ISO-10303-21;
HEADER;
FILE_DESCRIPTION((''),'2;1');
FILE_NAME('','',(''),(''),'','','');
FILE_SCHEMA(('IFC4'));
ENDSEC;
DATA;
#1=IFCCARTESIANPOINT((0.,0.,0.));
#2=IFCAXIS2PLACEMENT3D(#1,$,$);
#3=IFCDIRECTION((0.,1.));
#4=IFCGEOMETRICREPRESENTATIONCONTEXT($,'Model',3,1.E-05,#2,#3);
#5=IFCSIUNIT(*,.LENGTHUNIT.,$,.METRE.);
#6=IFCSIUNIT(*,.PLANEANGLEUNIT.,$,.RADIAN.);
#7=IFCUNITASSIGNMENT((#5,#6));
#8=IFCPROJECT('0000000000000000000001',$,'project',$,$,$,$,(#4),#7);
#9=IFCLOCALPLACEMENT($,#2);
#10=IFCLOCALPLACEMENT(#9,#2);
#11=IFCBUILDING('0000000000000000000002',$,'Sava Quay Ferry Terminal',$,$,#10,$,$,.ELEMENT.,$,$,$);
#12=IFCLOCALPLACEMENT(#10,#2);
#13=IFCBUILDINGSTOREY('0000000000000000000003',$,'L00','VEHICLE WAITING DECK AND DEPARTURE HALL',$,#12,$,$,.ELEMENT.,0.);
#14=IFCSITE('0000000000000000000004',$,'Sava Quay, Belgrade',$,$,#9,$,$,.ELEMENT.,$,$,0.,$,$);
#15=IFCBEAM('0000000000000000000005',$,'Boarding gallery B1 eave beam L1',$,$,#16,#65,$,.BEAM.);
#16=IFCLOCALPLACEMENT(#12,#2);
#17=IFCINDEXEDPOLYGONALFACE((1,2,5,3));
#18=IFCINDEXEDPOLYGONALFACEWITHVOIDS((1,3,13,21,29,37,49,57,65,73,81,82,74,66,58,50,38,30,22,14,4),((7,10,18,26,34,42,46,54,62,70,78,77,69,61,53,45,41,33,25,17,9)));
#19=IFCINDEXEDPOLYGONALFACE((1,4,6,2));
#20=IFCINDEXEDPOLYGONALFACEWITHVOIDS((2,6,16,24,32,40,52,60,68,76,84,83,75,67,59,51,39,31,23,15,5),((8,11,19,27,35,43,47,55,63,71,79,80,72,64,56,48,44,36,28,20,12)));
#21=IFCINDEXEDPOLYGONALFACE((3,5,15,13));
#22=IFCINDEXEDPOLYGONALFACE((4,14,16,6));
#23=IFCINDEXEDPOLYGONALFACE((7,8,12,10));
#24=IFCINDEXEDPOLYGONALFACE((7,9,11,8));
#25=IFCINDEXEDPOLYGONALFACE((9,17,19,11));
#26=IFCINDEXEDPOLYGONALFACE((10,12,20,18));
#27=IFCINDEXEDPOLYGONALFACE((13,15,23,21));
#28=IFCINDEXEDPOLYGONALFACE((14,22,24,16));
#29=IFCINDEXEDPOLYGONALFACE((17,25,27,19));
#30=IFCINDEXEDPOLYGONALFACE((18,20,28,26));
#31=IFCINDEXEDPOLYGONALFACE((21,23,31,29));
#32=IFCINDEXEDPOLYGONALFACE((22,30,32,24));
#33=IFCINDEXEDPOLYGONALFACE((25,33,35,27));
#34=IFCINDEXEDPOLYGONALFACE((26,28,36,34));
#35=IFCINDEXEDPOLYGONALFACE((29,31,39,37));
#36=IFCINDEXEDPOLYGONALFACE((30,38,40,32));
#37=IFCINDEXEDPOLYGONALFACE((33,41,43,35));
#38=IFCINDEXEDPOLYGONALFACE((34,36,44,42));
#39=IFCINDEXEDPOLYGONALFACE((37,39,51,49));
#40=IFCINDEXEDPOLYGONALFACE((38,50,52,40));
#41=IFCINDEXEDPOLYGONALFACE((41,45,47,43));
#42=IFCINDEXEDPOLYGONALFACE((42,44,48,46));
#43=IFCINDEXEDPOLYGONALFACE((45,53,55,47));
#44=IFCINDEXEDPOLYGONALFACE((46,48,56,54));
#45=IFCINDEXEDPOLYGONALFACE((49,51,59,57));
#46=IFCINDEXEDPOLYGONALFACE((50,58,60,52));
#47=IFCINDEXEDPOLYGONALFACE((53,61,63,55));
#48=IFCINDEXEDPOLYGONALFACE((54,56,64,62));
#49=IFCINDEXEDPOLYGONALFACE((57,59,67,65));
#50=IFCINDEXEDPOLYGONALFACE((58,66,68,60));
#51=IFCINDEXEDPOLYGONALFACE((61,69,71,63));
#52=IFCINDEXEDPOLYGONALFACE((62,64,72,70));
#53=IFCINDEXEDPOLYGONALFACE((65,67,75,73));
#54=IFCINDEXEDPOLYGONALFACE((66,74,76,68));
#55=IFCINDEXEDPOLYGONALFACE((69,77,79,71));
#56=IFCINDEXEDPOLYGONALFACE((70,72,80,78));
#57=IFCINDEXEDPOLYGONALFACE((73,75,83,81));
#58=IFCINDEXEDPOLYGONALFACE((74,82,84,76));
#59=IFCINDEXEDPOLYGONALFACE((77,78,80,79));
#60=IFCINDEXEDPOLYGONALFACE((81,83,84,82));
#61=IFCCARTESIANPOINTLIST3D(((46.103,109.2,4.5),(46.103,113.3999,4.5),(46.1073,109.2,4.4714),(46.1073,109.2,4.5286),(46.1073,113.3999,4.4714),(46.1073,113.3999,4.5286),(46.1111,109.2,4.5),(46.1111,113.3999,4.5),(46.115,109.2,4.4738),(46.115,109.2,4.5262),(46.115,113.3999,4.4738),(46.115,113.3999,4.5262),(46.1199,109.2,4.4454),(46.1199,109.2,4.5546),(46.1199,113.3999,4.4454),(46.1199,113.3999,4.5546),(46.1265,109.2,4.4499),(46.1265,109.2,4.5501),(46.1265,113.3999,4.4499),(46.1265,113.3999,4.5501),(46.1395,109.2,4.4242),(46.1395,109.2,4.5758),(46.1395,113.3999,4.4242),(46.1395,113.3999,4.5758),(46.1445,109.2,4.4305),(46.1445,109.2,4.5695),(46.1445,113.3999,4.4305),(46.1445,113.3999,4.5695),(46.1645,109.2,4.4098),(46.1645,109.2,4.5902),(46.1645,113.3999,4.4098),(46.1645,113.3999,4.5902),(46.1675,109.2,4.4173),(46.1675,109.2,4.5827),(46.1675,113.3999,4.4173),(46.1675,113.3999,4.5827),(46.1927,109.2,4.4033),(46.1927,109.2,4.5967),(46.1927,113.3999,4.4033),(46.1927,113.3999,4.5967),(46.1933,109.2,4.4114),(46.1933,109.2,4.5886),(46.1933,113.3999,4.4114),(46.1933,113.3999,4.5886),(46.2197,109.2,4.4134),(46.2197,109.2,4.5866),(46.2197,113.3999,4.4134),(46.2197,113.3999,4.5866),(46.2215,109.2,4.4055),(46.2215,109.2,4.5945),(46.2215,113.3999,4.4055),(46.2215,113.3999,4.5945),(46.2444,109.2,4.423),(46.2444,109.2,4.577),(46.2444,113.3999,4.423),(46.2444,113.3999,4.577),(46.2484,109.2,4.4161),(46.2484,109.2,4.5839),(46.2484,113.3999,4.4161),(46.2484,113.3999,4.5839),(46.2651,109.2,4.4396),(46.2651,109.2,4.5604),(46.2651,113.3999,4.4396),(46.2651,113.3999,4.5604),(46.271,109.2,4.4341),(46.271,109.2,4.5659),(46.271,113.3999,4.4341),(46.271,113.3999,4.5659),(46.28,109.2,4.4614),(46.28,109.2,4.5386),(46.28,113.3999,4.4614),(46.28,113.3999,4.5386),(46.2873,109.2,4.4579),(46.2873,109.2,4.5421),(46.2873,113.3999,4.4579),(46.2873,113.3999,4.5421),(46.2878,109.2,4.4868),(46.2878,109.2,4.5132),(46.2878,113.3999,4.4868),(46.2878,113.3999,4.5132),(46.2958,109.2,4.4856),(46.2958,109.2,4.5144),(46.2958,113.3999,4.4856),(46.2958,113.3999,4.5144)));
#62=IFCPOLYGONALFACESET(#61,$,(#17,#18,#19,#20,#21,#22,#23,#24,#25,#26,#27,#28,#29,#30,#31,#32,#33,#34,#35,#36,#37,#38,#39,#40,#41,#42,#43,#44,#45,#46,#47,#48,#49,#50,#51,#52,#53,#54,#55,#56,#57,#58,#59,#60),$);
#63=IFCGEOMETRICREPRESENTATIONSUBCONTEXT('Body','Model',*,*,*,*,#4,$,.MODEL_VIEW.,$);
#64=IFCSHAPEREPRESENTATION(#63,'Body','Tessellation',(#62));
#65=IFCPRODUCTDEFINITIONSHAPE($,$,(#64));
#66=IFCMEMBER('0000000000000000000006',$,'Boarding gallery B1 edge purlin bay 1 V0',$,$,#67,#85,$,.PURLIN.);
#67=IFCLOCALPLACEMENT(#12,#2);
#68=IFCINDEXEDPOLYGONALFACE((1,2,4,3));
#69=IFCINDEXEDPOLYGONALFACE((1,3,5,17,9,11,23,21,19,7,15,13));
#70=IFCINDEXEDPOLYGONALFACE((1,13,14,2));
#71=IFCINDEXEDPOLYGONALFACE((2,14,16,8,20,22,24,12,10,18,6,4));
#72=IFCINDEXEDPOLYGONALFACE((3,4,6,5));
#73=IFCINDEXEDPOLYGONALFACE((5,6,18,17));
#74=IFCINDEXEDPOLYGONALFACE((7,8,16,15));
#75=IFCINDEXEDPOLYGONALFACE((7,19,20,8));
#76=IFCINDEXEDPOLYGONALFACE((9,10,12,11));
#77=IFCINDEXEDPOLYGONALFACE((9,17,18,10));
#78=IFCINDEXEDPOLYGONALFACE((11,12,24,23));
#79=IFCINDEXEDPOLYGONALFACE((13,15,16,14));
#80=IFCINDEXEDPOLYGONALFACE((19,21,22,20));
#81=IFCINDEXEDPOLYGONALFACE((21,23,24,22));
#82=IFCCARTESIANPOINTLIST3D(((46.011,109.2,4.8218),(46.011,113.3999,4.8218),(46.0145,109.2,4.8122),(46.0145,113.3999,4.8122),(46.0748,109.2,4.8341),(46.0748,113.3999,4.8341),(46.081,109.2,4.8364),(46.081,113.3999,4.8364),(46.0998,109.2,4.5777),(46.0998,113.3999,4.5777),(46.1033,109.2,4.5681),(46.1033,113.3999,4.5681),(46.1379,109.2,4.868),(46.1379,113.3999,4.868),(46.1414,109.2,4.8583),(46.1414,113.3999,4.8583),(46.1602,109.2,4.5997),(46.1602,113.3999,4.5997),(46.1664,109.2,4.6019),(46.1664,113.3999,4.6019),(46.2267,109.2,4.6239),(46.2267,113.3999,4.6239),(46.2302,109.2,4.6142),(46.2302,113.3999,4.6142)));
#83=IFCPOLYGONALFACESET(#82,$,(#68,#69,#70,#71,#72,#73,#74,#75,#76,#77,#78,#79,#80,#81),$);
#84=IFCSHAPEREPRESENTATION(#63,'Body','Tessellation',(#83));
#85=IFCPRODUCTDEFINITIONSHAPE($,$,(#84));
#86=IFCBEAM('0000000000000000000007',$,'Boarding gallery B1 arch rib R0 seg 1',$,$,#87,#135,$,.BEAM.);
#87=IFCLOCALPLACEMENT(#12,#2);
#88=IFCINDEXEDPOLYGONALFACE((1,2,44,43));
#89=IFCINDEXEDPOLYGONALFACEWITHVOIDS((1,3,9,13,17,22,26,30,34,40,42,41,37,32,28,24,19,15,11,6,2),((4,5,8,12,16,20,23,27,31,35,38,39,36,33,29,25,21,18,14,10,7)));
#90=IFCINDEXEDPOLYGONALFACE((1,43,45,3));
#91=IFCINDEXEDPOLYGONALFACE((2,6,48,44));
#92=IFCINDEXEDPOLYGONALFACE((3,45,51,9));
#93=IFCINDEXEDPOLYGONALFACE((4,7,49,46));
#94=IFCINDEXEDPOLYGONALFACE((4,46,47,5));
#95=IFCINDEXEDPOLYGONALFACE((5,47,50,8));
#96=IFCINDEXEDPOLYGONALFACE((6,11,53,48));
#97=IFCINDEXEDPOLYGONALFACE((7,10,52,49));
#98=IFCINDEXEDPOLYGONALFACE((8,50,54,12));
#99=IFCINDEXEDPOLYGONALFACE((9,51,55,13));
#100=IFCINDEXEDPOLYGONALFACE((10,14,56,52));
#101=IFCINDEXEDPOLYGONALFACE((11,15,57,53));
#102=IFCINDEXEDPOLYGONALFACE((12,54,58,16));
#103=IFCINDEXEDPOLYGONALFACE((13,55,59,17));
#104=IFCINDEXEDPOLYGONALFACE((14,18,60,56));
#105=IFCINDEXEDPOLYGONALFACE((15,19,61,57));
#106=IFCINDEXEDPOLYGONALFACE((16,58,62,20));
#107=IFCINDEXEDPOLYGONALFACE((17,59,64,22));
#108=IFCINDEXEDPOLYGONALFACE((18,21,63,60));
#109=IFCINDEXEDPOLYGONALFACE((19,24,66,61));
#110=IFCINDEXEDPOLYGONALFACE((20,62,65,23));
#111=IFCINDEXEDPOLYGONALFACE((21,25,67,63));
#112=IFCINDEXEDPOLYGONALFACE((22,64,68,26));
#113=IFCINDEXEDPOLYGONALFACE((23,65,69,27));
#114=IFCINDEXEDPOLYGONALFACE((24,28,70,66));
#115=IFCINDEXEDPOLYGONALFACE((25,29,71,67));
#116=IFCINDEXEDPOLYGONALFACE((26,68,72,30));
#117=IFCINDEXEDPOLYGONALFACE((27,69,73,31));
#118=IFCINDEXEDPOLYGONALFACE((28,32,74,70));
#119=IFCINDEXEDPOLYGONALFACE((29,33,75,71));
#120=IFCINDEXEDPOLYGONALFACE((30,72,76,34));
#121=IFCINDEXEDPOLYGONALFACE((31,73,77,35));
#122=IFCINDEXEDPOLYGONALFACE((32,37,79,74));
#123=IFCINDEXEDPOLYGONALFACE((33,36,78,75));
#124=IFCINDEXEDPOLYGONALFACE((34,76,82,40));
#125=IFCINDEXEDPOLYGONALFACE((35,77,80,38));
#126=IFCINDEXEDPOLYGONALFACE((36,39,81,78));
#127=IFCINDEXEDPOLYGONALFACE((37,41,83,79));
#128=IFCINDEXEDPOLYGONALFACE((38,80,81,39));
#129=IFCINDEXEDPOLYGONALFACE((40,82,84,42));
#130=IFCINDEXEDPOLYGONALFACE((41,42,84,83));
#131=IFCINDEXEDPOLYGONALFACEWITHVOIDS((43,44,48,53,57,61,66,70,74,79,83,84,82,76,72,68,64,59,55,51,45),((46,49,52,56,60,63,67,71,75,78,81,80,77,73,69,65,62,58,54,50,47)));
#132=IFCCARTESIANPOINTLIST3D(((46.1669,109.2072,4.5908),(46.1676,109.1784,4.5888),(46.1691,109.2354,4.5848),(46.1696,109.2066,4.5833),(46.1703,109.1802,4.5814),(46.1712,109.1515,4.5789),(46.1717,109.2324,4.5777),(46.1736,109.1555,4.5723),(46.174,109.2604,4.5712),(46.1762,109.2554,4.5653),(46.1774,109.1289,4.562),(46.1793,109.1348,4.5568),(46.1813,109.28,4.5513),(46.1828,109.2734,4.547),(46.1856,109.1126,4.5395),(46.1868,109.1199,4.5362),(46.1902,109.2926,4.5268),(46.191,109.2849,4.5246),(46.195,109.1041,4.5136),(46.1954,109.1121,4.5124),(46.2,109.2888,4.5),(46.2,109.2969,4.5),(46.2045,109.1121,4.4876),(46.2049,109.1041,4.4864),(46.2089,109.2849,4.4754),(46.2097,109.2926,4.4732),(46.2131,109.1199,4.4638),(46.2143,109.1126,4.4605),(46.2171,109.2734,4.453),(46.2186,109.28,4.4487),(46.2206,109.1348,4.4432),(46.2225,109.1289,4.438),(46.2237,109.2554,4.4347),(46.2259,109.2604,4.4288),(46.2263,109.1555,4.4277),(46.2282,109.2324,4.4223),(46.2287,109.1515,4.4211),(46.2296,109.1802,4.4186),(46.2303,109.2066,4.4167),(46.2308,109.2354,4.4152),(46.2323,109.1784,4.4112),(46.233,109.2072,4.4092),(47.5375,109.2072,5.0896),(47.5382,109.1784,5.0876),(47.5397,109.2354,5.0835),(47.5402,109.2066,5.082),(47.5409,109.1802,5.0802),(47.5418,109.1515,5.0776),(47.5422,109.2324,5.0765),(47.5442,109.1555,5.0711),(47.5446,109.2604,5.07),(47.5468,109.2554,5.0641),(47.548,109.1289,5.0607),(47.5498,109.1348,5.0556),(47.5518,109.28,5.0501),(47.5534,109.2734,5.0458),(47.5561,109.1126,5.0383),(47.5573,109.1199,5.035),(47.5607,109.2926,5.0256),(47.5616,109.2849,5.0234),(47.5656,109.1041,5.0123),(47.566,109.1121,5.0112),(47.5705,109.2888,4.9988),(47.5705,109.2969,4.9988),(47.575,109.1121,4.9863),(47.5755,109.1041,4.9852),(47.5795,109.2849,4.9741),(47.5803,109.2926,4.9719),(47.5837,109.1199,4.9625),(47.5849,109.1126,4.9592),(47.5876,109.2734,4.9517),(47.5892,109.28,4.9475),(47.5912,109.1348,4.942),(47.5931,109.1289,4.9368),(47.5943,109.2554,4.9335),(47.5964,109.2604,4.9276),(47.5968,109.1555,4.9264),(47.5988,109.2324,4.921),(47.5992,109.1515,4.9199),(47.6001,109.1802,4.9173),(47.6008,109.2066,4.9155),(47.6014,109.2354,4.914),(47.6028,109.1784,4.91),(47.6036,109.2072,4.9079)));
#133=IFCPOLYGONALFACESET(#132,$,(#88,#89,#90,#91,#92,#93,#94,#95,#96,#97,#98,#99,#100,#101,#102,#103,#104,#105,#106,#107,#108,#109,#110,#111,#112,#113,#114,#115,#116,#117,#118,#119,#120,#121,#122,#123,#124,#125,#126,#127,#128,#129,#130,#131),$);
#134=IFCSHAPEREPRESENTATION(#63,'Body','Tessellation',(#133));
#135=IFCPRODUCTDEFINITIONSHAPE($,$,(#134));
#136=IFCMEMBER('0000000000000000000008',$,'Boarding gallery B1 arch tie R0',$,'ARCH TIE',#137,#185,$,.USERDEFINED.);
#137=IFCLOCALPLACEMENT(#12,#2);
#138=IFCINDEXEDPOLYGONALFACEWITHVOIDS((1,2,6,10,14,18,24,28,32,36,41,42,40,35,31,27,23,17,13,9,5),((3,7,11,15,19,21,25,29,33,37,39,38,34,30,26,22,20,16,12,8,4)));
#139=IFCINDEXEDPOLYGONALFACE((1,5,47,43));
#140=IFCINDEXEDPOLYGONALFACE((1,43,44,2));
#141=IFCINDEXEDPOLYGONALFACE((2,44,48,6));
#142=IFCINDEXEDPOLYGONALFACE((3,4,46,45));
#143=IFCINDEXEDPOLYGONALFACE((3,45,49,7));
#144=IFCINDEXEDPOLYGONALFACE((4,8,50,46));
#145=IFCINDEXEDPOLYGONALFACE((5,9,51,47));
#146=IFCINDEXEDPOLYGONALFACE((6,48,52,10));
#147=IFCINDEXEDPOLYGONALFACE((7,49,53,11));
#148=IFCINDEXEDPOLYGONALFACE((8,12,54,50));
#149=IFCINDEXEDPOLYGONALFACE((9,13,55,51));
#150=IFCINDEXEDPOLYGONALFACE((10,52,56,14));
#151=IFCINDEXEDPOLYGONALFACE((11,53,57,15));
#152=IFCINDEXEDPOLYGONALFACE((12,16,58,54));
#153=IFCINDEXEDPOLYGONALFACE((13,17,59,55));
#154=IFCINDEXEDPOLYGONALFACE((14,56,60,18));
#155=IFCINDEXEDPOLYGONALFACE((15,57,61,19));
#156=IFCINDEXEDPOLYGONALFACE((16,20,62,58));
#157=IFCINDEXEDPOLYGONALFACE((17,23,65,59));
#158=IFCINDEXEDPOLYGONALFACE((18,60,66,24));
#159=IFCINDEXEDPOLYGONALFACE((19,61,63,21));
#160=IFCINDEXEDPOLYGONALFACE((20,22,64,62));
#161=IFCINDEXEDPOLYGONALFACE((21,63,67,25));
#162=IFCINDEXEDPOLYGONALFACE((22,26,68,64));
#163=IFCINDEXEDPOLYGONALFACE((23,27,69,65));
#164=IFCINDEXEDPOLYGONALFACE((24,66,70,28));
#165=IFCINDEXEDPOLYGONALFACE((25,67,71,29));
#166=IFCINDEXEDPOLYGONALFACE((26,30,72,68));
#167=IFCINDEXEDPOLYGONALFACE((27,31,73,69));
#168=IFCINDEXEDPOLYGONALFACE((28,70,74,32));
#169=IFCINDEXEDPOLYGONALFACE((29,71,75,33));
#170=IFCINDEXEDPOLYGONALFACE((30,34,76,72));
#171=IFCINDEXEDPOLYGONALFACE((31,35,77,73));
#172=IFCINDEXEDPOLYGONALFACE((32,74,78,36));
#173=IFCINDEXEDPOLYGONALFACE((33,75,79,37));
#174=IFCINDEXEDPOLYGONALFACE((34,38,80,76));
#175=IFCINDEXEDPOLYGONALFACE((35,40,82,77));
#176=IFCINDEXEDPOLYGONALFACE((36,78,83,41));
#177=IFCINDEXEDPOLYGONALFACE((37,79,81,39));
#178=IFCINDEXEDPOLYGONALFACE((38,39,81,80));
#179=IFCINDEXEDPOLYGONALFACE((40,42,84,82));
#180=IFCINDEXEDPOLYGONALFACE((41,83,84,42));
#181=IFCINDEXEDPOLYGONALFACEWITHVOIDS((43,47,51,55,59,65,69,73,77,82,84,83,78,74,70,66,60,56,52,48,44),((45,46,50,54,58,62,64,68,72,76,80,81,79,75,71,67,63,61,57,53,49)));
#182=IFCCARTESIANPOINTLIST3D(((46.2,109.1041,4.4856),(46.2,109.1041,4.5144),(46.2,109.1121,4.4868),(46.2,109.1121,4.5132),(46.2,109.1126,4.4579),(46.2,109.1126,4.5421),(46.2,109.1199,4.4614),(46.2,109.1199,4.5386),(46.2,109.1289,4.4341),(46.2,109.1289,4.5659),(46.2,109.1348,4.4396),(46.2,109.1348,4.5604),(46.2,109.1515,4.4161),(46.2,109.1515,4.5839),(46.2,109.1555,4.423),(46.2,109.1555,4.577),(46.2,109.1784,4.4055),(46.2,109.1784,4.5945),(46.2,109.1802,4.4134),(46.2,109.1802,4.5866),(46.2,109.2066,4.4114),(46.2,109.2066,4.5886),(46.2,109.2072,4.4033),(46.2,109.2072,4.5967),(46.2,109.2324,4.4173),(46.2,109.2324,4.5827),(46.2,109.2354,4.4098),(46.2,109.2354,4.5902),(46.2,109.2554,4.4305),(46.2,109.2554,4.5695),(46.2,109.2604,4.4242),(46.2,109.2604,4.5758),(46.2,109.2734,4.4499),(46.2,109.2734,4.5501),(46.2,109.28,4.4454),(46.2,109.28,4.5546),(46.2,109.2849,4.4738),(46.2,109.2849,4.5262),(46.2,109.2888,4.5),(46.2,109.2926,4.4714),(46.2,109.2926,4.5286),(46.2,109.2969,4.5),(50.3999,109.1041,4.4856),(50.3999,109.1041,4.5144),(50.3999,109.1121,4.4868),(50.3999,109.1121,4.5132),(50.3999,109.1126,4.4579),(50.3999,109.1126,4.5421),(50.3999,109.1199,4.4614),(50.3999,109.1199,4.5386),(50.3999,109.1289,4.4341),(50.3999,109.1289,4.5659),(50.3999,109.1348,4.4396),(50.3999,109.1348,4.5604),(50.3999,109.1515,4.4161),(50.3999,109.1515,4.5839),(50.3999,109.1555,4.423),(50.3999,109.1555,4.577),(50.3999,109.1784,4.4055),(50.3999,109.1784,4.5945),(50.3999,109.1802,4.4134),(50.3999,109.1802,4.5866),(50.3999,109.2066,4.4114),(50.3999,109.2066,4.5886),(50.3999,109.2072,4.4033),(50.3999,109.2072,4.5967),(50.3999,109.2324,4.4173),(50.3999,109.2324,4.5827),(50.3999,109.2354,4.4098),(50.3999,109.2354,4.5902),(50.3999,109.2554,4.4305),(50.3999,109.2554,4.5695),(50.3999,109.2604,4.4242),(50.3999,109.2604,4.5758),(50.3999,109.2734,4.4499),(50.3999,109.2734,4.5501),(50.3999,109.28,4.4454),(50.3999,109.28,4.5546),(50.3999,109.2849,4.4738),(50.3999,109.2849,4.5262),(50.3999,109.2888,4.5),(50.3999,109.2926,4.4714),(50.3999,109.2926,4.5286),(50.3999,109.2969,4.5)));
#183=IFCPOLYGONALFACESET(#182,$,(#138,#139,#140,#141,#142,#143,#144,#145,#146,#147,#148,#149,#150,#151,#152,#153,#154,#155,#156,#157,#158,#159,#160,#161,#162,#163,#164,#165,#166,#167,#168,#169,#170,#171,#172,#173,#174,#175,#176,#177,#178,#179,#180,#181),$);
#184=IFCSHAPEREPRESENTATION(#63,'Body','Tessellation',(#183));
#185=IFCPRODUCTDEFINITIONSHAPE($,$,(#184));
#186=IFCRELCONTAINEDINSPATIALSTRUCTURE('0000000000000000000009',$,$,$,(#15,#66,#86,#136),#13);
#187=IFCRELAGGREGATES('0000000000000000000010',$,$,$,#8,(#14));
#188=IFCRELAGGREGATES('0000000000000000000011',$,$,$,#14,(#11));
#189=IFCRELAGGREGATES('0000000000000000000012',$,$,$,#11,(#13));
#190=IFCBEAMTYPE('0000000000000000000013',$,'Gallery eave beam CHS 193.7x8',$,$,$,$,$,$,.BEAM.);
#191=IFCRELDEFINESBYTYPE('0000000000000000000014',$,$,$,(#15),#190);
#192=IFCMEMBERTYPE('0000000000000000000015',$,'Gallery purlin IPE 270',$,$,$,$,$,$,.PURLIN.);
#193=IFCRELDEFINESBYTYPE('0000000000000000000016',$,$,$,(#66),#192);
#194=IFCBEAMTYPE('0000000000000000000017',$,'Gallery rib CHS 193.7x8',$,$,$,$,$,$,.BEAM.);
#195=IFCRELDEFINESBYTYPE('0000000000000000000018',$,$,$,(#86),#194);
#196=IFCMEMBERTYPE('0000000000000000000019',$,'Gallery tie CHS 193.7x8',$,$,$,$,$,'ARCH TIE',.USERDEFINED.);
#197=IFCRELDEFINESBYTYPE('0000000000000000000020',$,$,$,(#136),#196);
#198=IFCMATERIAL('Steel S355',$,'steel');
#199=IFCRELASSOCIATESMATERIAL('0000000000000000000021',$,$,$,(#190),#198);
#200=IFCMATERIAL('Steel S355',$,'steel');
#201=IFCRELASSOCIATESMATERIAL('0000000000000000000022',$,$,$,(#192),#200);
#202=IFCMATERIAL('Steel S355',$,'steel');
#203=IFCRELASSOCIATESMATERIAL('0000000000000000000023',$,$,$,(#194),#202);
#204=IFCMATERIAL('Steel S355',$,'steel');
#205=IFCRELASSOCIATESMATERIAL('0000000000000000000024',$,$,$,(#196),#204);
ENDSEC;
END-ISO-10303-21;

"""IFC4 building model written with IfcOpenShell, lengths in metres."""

from ifc_helpers import new_model, si_unit, direction, frame, origin, origin_2d, place, context, subcontext, project, spatial, hollow_circle, i_section, extrude, material, material_profile, profile_set, type_object, element, save


model = new_model("IFC4")

# Units and contexts
model_context = context("Model", 3, precision=1e-05, world=origin(), true_north=direction((0.0, 1.0)))
body_context = subcontext(model_context, "Body", "Model", "MODEL_VIEW")
ifc_project = project(units=[si_unit("LENGTHUNIT", "METRE"), si_unit("PLANEANGLEUNIT", "RADIAN")], contexts=[model_context])

# Site, building, storey
site_placement = place(None, origin())
site = spatial("IfcSite", under=ifc_project, at=site_placement, Name="Sava Quay, Belgrade", CompositionType="ELEMENT", RefElevation=0.0)
building_placement = place(site_placement, origin())
building = spatial("IfcBuilding", under=site, at=building_placement, Name="Sava Quay Ferry Terminal", CompositionType="ELEMENT")
storey_placement = place(building_placement, origin())
storey = spatial("IfcBuildingStorey", under=building, at=storey_placement, Name="L00", Description="VEHICLE WAITING DECK AND DEPARTURE HALL", CompositionType="ELEMENT", Elevation=0.0)

# Beam
ifc_material_1 = material(Name="Steel S355", Category="steel")
ifc_material_profile_1 = material_profile(ifc_material_1, hollow_circle(Radius=0.0969, WallThickness=0.0081, at=origin_2d()), Name="CHS 193.7 x 8.0")
ifc_profile_set_1 = profile_set([ifc_material_profile_1], Name="Steel S355")
beam_type_1 = type_object("IfcBeamType", Name="Gallery eave beam CHS 193.7x8", PredefinedType="BEAM", material=ifc_profile_set_1)
beam_1_placement = place(storey_placement, frame((46.2, 109.2, 4.5), z_axis=(0.0, 1.0, 0.0), x_axis=(-1.0, 0.0, 0.0)))
element("IfcBeam", 1, at=beam_1_placement, inside=storey, type_object=beam_type_1, Name="Boarding gallery B1 eave beam L1", PredefinedType="BEAM", context=body_context, shape_type="SweptSolid", body=[
    extrude(hollow_circle(Radius=0.0969, WallThickness=0.0081, at=origin_2d()), origin(), (0.0, 0.0, 1.0), 4.2),
])

# Member
ifc_material_2 = material(Name="Steel S355", Category="steel")
ifc_material_profile_2 = material_profile(ifc_material_2, i_section(OverallWidth=0.135, OverallDepth=0.27, WebThickness=0.0066, FlangeThickness=0.0103, at=origin_2d()), Name="IPE 270")
ifc_profile_set_2 = profile_set([ifc_material_profile_2], Name="Steel S355")
member_type_1 = type_object("IfcMemberType", Name="Gallery purlin IPE 270", PredefinedType="PURLIN", material=ifc_profile_set_2)
member_1_placement = place(storey_placement, frame((46.1206, 109.2, 4.718), z_axis=(0.0, 1.0, 0.0), x_axis=(-0.939693, 0.0, -0.34202)))
element("IfcMember", 2, at=member_1_placement, inside=storey, type_object=member_type_1, Name="Boarding gallery B1 edge purlin bay 1 V0", PredefinedType="PURLIN", context=body_context, shape_type="SweptSolid", body=[
    extrude(i_section(OverallWidth=0.135, OverallDepth=0.27, WebThickness=0.0066, FlangeThickness=0.0103, at=origin_2d()), origin(), (0.0, 0.0, 1.0), 4.2),
])

# Beam
ifc_material_3 = material(Name="Steel S355", Category="steel")
ifc_material_profile_3 = material_profile(ifc_material_3, hollow_circle(Radius=0.0969, WallThickness=0.0081, at=origin_2d()), Name="CHS 193.7 x 8.0")
ifc_profile_set_3 = profile_set([ifc_material_profile_3], Name="Steel S355")
beam_type_2 = type_object("IfcBeamType", Name="Gallery rib CHS 193.7x8", PredefinedType="BEAM", material=ifc_profile_set_3)
beam_2_placement = place(storey_placement, frame((46.2, 109.2, 4.5), z_axis=(0.93971, 0.0, 0.341972), x_axis=(0.0, 1.0, 0.0)))
element("IfcBeam", 3, at=beam_2_placement, inside=storey, type_object=beam_type_2, Name="Boarding gallery B1 arch rib R0 seg 1", PredefinedType="BEAM", context=body_context, shape_type="SweptSolid", body=[
    extrude(hollow_circle(Radius=0.0969, WallThickness=0.0081, at=origin_2d()), origin(), (0.0, 0.0, 1.0), 1.4585),
])

# Member
ifc_material_4 = material(Name="Steel S355", Category="steel")
ifc_material_profile_4 = material_profile(ifc_material_4, hollow_circle(Radius=0.0969, WallThickness=0.0081, at=origin_2d()), Name="CHS 193.7 x 8.0")
ifc_profile_set_4 = profile_set([ifc_material_profile_4], Name="Steel S355")
member_type_2 = type_object("IfcMemberType", Name="Gallery tie CHS 193.7x8", ElementType="ARCH TIE", PredefinedType="USERDEFINED", material=ifc_profile_set_4)
member_2_placement = place(storey_placement, frame((46.2, 109.2, 4.5), z_axis=(1.0, 0.0, 0.0), x_axis=(0.0, 1.0, 0.0)))
element("IfcMember", 4, at=member_2_placement, inside=storey, type_object=member_type_2, Name="Boarding gallery B1 arch tie R0", ObjectType="ARCH TIE", PredefinedType="USERDEFINED", context=body_context, shape_type="SweptSolid", body=[
    extrude(hollow_circle(Radius=0.0969, WallThickness=0.0081, at=origin_2d()), origin(), (0.0, 0.0, 1.0), 4.2),
])

save(model, "model.ifc")
